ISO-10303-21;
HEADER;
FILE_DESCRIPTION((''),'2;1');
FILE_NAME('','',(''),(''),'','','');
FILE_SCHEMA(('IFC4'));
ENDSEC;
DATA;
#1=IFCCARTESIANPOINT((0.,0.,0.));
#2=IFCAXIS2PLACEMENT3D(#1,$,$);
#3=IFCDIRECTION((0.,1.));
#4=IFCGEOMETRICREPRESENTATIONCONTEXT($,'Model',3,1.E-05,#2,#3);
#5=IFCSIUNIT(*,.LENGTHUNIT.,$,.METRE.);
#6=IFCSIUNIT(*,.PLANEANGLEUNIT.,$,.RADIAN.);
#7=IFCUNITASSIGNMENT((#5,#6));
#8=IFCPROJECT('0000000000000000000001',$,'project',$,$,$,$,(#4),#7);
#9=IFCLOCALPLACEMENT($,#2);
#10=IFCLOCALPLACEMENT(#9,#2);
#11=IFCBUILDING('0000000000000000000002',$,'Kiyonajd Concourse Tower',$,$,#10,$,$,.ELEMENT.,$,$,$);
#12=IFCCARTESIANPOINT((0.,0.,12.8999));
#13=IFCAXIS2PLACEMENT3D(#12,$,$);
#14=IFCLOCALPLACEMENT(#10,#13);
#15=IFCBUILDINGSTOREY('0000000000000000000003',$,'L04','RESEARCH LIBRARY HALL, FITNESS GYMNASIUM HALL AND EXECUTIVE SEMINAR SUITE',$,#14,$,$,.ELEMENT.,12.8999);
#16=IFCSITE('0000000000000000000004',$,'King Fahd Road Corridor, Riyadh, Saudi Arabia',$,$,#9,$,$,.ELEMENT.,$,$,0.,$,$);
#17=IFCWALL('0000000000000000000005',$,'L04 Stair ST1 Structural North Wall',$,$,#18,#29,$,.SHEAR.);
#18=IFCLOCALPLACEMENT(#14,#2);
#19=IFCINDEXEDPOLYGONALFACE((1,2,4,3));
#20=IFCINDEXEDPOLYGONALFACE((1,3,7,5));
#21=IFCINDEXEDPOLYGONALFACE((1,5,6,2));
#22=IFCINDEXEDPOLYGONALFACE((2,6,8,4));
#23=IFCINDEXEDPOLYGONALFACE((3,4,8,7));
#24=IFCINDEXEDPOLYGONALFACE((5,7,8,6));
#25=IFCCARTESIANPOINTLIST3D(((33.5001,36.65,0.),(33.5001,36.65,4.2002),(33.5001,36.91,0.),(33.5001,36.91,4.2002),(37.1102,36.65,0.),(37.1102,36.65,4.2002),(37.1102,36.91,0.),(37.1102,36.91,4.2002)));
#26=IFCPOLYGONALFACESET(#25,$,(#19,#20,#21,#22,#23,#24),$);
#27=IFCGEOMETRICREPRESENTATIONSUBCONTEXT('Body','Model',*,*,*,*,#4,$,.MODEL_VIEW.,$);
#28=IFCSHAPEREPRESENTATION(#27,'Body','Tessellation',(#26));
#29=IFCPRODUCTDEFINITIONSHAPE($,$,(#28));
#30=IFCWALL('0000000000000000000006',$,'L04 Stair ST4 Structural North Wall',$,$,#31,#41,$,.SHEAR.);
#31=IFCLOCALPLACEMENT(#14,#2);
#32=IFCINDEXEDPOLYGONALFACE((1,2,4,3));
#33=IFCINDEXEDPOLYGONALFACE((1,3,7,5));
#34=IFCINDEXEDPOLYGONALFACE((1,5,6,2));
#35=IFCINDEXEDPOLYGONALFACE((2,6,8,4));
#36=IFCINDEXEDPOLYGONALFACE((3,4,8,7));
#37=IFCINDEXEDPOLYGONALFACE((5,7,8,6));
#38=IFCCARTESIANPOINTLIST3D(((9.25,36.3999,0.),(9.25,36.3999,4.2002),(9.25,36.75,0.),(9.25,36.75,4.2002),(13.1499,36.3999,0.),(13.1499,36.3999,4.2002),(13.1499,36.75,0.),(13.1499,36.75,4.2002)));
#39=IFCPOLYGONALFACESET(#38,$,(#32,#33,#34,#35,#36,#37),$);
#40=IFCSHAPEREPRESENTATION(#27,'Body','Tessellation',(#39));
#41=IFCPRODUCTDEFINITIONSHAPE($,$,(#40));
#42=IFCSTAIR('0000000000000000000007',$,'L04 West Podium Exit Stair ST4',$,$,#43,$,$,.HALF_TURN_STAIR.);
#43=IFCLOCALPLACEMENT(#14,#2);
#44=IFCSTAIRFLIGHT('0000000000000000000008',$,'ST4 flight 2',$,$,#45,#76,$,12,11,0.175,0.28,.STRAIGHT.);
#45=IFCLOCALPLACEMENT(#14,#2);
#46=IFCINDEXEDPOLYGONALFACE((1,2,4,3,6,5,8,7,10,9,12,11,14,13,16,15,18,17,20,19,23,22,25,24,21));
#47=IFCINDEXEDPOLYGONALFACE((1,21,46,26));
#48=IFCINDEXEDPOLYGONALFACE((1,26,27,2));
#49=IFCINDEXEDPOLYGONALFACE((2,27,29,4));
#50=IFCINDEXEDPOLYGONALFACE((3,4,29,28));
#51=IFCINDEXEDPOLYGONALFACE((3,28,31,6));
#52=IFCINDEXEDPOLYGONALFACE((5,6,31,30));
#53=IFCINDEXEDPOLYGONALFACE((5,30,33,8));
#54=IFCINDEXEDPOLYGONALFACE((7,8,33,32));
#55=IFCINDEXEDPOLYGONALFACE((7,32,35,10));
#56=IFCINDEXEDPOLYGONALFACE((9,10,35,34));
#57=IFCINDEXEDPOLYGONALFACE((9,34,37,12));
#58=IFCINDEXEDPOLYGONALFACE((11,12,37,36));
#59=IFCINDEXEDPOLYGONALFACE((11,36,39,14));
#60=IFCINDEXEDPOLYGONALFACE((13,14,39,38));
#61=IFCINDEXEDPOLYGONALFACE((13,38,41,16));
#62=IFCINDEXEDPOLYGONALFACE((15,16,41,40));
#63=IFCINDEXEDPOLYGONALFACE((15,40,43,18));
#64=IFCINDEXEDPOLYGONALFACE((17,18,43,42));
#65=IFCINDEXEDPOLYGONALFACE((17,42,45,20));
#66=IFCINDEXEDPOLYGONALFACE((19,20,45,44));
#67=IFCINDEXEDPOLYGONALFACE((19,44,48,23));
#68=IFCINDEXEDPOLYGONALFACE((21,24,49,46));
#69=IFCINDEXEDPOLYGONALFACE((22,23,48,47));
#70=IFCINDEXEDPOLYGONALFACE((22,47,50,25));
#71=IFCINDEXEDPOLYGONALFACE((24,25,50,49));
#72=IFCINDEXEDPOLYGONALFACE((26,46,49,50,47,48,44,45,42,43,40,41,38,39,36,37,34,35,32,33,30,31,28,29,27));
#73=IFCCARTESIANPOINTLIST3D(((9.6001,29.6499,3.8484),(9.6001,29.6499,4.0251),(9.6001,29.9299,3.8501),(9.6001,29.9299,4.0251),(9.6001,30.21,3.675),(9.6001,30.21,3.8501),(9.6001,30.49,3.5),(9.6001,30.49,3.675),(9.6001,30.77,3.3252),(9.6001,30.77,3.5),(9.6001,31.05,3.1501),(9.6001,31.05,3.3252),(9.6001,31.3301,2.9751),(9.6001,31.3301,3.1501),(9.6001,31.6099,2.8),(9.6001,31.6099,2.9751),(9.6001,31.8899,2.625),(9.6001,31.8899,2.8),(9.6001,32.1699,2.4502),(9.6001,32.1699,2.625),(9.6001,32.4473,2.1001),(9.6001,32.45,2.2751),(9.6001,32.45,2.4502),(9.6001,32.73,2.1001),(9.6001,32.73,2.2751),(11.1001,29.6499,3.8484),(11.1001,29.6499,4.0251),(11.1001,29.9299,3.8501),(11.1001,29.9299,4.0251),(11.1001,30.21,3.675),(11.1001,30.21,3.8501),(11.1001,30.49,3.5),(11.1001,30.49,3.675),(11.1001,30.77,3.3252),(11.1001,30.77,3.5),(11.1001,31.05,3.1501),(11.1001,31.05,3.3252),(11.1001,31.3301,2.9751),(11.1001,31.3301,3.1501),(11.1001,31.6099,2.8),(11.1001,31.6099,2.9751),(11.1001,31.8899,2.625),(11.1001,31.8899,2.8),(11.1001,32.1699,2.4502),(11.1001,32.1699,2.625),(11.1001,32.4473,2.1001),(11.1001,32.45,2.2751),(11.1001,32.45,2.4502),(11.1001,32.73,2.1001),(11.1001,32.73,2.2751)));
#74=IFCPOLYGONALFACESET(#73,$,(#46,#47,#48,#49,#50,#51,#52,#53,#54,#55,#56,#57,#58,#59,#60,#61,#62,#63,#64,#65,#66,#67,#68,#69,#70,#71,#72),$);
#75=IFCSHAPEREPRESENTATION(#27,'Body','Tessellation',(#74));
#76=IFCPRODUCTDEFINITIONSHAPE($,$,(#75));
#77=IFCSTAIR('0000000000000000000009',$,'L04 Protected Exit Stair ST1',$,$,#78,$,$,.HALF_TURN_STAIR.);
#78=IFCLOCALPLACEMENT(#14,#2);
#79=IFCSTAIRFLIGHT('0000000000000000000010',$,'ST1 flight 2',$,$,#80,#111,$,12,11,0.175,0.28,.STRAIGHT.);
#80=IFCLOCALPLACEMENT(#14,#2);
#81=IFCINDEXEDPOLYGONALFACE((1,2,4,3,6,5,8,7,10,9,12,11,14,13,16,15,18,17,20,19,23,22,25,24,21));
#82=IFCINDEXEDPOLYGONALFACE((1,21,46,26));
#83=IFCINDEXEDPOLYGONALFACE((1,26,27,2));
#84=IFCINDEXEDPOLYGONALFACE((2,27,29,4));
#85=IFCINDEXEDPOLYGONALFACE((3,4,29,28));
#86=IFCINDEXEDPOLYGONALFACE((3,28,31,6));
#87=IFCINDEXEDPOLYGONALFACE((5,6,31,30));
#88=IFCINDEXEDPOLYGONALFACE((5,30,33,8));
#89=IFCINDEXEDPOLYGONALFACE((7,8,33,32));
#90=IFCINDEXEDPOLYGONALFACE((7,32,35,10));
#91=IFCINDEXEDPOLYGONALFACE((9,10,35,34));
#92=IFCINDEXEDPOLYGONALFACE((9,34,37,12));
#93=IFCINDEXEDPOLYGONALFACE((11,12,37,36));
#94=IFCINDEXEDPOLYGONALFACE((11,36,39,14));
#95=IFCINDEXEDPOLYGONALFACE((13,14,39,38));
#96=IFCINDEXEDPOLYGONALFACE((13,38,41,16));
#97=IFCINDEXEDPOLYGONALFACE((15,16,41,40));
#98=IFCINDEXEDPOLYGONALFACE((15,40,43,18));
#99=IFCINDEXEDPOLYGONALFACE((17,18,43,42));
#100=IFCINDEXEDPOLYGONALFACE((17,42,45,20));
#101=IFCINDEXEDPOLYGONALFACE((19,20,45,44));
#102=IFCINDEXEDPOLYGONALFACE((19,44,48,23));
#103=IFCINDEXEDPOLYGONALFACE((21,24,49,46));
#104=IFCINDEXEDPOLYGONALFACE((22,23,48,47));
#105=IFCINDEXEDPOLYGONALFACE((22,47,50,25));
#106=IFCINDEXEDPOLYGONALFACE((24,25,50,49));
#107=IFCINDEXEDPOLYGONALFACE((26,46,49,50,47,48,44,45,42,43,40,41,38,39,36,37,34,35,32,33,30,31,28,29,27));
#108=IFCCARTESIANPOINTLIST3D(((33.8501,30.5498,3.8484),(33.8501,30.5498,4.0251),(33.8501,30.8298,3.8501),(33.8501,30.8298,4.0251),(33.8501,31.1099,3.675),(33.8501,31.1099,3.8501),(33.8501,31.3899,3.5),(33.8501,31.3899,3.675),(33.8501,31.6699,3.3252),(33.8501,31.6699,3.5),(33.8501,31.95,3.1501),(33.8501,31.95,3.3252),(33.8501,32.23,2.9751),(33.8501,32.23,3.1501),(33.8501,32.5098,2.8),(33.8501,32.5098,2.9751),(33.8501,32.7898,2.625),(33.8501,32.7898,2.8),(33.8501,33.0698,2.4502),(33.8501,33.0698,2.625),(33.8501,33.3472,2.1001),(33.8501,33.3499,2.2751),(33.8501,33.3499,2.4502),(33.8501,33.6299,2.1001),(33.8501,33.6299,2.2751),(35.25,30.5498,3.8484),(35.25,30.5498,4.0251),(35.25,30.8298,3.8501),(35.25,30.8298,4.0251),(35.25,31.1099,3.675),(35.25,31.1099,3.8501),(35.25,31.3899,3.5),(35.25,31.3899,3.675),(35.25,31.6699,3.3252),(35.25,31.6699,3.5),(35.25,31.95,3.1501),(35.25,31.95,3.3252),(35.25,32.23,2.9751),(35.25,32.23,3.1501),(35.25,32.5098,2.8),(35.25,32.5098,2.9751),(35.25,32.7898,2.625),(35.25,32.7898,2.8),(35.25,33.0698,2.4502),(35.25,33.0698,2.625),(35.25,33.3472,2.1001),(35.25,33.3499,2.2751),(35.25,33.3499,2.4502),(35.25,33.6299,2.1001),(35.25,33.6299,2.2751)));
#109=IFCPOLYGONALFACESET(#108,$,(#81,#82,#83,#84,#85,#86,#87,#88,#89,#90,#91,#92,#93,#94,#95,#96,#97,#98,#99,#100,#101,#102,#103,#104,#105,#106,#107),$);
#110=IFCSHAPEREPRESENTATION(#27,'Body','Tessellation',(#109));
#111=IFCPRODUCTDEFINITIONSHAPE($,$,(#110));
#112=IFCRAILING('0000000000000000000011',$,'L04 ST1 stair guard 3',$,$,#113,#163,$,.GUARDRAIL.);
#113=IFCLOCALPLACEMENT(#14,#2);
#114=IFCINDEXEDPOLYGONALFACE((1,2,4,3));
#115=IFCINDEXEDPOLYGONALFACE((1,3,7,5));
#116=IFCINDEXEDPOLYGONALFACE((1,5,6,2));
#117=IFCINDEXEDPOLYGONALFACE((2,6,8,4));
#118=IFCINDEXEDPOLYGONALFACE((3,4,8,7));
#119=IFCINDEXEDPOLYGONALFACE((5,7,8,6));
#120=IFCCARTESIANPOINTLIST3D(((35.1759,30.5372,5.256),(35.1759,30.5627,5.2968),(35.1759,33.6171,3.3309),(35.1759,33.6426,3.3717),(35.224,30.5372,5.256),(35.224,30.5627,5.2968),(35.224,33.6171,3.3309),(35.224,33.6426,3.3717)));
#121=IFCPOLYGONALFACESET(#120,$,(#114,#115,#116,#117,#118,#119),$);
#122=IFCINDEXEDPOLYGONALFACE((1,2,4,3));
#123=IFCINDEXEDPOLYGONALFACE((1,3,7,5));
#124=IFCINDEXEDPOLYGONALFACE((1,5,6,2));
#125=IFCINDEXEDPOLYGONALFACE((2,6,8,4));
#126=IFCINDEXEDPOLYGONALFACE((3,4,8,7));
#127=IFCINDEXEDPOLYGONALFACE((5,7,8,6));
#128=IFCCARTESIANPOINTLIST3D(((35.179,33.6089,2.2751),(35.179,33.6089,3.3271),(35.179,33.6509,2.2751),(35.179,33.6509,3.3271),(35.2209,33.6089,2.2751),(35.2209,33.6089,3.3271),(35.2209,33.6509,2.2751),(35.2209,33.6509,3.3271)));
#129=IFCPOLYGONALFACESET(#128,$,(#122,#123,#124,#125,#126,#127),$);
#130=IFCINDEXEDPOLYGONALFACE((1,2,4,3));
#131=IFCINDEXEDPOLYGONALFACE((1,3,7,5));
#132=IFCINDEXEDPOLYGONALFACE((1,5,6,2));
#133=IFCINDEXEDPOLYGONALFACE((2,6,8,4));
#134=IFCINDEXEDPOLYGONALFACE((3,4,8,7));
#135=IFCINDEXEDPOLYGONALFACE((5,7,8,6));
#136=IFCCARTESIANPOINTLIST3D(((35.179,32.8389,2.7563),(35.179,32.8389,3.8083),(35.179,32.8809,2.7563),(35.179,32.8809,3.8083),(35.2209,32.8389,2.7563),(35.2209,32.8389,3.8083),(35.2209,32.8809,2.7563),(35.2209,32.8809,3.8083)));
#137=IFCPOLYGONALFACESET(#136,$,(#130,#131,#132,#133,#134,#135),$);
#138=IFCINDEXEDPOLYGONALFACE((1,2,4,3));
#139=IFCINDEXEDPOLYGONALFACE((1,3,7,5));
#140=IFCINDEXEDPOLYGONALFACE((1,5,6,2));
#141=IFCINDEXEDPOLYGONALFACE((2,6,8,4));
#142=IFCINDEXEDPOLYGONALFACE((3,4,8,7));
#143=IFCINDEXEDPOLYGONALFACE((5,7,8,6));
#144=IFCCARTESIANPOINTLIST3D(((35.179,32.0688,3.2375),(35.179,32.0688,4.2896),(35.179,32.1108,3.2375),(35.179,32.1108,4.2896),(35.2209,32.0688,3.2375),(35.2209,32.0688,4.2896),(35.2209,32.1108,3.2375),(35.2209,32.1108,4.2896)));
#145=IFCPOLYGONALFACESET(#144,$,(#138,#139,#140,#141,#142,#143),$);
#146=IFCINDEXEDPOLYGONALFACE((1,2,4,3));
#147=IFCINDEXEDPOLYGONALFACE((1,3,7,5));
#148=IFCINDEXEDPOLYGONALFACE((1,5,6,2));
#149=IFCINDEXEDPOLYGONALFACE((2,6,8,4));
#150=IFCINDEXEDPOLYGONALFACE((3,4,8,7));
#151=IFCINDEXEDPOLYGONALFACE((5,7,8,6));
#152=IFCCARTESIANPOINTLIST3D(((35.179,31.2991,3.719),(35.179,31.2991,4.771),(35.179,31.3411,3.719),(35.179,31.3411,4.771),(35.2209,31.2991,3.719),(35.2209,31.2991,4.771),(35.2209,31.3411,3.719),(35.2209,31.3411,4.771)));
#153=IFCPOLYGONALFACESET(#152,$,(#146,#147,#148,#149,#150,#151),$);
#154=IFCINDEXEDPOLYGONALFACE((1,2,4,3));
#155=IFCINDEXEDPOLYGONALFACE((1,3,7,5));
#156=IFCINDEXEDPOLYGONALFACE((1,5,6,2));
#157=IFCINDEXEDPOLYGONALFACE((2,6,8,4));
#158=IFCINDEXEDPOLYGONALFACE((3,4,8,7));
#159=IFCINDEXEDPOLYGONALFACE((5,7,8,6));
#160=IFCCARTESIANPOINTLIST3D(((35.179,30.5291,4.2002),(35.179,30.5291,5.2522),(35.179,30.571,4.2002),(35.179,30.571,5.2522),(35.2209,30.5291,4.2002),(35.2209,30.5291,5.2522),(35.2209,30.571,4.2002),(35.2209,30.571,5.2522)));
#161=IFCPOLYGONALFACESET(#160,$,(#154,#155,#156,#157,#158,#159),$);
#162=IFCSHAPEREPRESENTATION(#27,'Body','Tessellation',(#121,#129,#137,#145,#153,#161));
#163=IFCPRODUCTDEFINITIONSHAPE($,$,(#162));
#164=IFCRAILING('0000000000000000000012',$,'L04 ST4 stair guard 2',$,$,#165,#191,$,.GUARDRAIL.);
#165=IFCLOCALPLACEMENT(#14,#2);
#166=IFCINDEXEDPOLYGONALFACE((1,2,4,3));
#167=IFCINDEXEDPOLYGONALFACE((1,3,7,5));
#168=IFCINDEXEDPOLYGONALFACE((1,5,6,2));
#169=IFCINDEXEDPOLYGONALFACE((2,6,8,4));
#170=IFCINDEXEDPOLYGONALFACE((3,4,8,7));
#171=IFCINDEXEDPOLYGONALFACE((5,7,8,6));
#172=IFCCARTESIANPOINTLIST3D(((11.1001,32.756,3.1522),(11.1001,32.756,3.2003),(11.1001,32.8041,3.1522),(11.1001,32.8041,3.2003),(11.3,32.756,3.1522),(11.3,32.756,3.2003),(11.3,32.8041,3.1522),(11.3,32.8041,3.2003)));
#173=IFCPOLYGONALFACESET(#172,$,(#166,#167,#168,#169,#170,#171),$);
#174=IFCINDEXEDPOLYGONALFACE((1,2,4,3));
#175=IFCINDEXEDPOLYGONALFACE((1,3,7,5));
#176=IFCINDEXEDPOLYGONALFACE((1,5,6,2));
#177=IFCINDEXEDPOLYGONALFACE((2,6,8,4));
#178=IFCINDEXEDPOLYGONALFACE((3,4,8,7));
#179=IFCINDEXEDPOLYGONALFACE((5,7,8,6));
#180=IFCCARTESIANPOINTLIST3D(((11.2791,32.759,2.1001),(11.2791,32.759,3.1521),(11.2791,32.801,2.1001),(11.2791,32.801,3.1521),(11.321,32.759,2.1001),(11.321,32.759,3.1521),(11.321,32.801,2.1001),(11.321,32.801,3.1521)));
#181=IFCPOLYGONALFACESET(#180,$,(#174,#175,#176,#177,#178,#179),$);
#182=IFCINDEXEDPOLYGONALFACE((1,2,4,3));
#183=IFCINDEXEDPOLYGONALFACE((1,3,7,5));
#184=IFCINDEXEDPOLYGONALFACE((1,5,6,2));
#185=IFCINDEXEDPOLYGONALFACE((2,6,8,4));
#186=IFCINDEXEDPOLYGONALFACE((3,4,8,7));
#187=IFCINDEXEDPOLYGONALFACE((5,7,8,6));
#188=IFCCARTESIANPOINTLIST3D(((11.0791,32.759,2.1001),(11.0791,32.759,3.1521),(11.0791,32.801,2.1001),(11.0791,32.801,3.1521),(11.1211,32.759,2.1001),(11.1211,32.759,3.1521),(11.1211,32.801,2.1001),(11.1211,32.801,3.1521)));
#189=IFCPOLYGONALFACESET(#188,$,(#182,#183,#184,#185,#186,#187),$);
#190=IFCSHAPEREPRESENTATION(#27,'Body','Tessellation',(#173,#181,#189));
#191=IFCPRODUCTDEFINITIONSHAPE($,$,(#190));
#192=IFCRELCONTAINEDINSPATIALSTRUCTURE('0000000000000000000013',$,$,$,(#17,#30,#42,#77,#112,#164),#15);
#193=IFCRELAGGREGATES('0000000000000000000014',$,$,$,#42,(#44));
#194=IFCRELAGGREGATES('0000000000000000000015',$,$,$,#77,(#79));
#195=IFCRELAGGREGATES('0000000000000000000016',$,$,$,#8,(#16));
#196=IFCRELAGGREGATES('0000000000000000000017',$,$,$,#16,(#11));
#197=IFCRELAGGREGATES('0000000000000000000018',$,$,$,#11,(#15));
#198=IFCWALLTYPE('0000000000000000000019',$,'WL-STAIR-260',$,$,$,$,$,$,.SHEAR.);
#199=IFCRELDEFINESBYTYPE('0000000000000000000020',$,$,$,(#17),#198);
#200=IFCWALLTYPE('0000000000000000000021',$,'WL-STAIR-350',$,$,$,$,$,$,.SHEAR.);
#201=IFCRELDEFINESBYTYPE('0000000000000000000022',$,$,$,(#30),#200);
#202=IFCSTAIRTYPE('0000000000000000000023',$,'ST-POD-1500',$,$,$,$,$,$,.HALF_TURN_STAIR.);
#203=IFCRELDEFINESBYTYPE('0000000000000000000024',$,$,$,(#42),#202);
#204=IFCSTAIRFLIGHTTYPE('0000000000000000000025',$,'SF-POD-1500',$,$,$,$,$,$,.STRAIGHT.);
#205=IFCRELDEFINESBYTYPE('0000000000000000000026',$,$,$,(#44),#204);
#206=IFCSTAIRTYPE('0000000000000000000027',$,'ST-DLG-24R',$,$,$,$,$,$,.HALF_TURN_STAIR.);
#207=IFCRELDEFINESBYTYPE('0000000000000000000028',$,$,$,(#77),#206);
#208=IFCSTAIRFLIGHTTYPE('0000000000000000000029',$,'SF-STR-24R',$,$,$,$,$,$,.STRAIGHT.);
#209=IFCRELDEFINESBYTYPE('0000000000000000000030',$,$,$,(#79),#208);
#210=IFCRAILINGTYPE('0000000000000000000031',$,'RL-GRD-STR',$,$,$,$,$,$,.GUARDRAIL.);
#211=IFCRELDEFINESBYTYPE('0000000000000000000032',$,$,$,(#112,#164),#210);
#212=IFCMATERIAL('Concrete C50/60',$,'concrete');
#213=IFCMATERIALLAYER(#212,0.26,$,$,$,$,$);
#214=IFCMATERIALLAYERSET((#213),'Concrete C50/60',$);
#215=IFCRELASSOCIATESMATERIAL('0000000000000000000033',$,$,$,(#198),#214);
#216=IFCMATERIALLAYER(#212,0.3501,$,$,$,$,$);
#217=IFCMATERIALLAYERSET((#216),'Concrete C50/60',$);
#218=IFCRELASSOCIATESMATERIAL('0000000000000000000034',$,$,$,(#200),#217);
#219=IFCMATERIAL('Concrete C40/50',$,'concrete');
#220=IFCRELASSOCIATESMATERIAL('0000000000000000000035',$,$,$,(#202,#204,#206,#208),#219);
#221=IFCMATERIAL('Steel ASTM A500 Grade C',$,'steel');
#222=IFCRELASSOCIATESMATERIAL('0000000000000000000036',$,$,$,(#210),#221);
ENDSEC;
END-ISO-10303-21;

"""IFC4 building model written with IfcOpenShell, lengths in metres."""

from ifc_helpers import new_model, si_unit, direction, frame, frame_2d, origin, origin_2d, place, context, subcontext, project, spatial, polyline, rectangle, outline, extrude, material, layer, layer_set, type_object, element, aggregate, save


model = new_model("IFC4")

# Units and contexts
model_context = context("Model", 3, precision=1e-05, world=origin(), true_north=direction((0.0, 1.0)))
body_context = subcontext(model_context, "Body", "Model", "MODEL_VIEW")
ifc_project = project(units=[si_unit("LENGTHUNIT", "METRE"), si_unit("PLANEANGLEUNIT", "RADIAN")], contexts=[model_context])

# Site, building, storey
site_placement = place(None, origin())
site = spatial("IfcSite", under=ifc_project, at=site_placement, Name="King Fahd Road Corridor, Riyadh, Saudi Arabia", CompositionType="ELEMENT", RefElevation=0.0)
building_placement = place(site_placement, origin())
building = spatial("IfcBuilding", under=site, at=building_placement, Name="Kiyonajd Concourse Tower", CompositionType="ELEMENT")
storey_placement = place(building_placement, frame((0.0, 0.0, 12.8999)))
storey = spatial("IfcBuildingStorey", under=building, at=storey_placement, Name="L04", Description="RESEARCH LIBRARY HALL, FITNESS GYMNASIUM HALL AND EXECUTIVE SEMINAR SUITE", CompositionType="ELEMENT", Elevation=12.8999)

# Walls
ifc_material_1 = material(Name="Concrete C50/60", Category="concrete")
ifc_layer_1 = layer(ifc_material_1, 0.26)
ifc_layer_set_1 = layer_set([ifc_layer_1], Name="Concrete C50/60")
wall_type_1 = type_object("IfcWallType", Name="WL-STAIR-260", PredefinedType="SHEAR", material=ifc_layer_set_1)
wall_1_placement = place(storey_placement, frame((33.5, 36.78, 0.0), z_axis=(0.0, 0.0, 1.0), x_axis=(1.0, 0.0, 0.0)))
element("IfcWall", 1, at=wall_1_placement, inside=storey, type_object=wall_type_1, Name="L04 Stair ST1 Structural North Wall", PredefinedType="SHEAR", context=body_context, shape_type="SweptSolid", body=[
    extrude(rectangle(XDim=3.6101, YDim=0.26, at=frame_2d((1.8052, 0.0))), origin(), (0.0, 0.0, 1.0), 4.2002),
])
ifc_layer_2 = layer(ifc_material_1, 0.3501)
ifc_layer_set_2 = layer_set([ifc_layer_2], Name="Concrete C50/60")
wall_type_2 = type_object("IfcWallType", Name="WL-STAIR-350", PredefinedType="SHEAR", material=ifc_layer_set_2)
wall_2_placement = place(storey_placement, frame((9.25, 36.575, 0.0), z_axis=(0.0, 0.0, 1.0), x_axis=(1.0, 0.0, 0.0)))
element("IfcWall", 2, at=wall_2_placement, inside=storey, type_object=wall_type_2, Name="L04 Stair ST4 Structural North Wall", PredefinedType="SHEAR", context=body_context, shape_type="SweptSolid", body=[
    extrude(rectangle(XDim=3.8999, YDim=0.3501, at=frame_2d((1.95, 0.0))), origin(), (0.0, 0.0, 1.0), 4.2002),
])

# Stairs, stair flights
ifc_material_2 = material(Name="Concrete C40/50", Category="concrete")
stair_type_1 = type_object("IfcStairType", Name="ST-POD-1500", PredefinedType="HALF_TURN_STAIR", material=ifc_material_2)
stair_1_placement = place(storey_placement, origin())
stair_1 = element("IfcStair", 3, at=stair_1_placement, inside=storey, type_object=stair_type_1, Name="L04 West Podium Exit Stair ST4", PredefinedType="HALF_TURN_STAIR")
stair_flight_type_1 = type_object("IfcStairFlightType", Name="SF-POD-1500", PredefinedType="STRAIGHT", material=ifc_material_2)
stair_flight_1_placement = place(storey_placement, frame((10.3501, 32.73, 2.1001), z_axis=(0.0, 0.0, 1.0), x_axis=(0.0, -1.0, 0.0)))
stair_flight_1 = element("IfcStairFlight", 4, at=stair_flight_1_placement, type_object=stair_flight_type_1, Name="ST4 flight 2", NumberOfRisers=12, NumberOfTreads=11, PredefinedType="STRAIGHT", RiserHeight=0.175, TreadLength=0.28, context=body_context, shape_type="SweptSolid", body=[
    extrude(outline(polyline([(0.0, 0.0), (0.0, 0.175), (0.28, 0.175), (0.28, 0.3501), (0.5601, 0.3501), (0.5601, 0.5249), (0.8401, 0.5249), (0.8401, 0.7), (1.1201, 0.7), (1.1201, 0.875), (1.3999, 0.875), (1.3999, 1.05), (1.6799, 1.05), (1.6799, 1.2251), (1.96, 1.2251), (1.96, 1.3999), (2.24, 1.3999), (2.24, 1.575), (2.52, 1.575), (2.52, 1.75), (2.8, 1.75), (2.8, 1.925), (3.0801, 1.925), (3.0801, 2.1001), (3.0801, 1.7483), (0.2827, 0.0), (0.0, 0.0)])), frame((0.0, 0.75, 0.0), z_axis=(0.0, -1.0, 0.0), x_axis=(1.0, 0.0, 0.0)), (0.0, 0.0, 1.0), 1.5),
])
aggregate(stair_1, [stair_flight_1])
stair_type_2 = type_object("IfcStairType", Name="ST-DLG-24R", PredefinedType="HALF_TURN_STAIR", material=ifc_material_2)
stair_2_placement = place(storey_placement, origin())
stair_2 = element("IfcStair", 5, at=stair_2_placement, inside=storey, type_object=stair_type_2, Name="L04 Protected Exit Stair ST1", PredefinedType="HALF_TURN_STAIR")
stair_flight_type_2 = type_object("IfcStairFlightType", Name="SF-STR-24R", PredefinedType="STRAIGHT", material=ifc_material_2)
stair_flight_2_placement = place(storey_placement, frame((34.55, 33.6299, 2.1001), z_axis=(0.0, 0.0, 1.0), x_axis=(0.0, -1.0, 0.0)))
stair_flight_2 = element("IfcStairFlight", 6, at=stair_flight_2_placement, type_object=stair_flight_type_2, Name="ST1 flight 2", NumberOfRisers=12, NumberOfTreads=11, PredefinedType="STRAIGHT", RiserHeight=0.175, TreadLength=0.28, context=body_context, shape_type="SweptSolid", body=[
    extrude(outline(polyline([(0.0, 0.0), (0.0, 0.175), (0.28, 0.175), (0.28, 0.3501), (0.5601, 0.3501), (0.5601, 0.5249), (0.8401, 0.5249), (0.8401, 0.7), (1.1201, 0.7), (1.1201, 0.875), (1.3999, 0.875), (1.3999, 1.05), (1.6799, 1.05), (1.6799, 1.2251), (1.96, 1.2251), (1.96, 1.3999), (2.24, 1.3999), (2.24, 1.575), (2.52, 1.575), (2.52, 1.75), (2.8, 1.75), (2.8, 1.925), (3.0801, 1.925), (3.0801, 2.1001), (3.0801, 1.7483), (0.2827, 0.0), (0.0, 0.0)])), frame((0.0, 0.7, 0.0), z_axis=(0.0, -1.0, 0.0), x_axis=(1.0, 0.0, 0.0)), (0.0, 0.0, 1.0), 1.3999),
])
aggregate(stair_2, [stair_flight_2])

# Railings
ifc_material_3 = material(Name="Steel ASTM A500 Grade C", Category="steel")
railing_type_1 = type_object("IfcRailingType", Name="RL-GRD-STR", PredefinedType="GUARDRAIL", material=ifc_material_3)
railing_1_placement = place(storey_placement, frame((35.2, 33.6299, 2.2751)))
element("IfcRailing", 7, at=railing_1_placement, inside=storey, type_object=railing_type_1, Name="L04 ST1 stair guard 3", PredefinedType="GUARDRAIL", context=body_context, shape_type="SweptSolid", body=[
    extrude(rectangle(XDim=0.0481, YDim=0.0481, at=origin_2d()), frame((0.0, 0.0, 1.0762), z_axis=(0.0, -0.847979, 0.530029), x_axis=(1.0, 0.0, 0.0)), (0.0, 0.0, 1.0), 3.6321),
    extrude(rectangle(XDim=0.042, YDim=0.042, at=origin_2d()), origin(), (0.0, 0.0, 1.0), 1.052),
    extrude(rectangle(XDim=0.042, YDim=0.042, at=origin_2d()), frame((0.0, -0.77, 0.4812)), (0.0, 0.0, 1.0), 1.052),
    extrude(rectangle(XDim=0.042, YDim=0.042, at=origin_2d()), frame((0.0, -1.54, 0.9624)), (0.0, 0.0, 1.0), 1.052),
    extrude(rectangle(XDim=0.042, YDim=0.042, at=origin_2d()), frame((0.0, -2.3098, 1.4438)), (0.0, 0.0, 1.0), 1.052),
    extrude(rectangle(XDim=0.042, YDim=0.042, at=origin_2d()), frame((0.0, -3.0798, 1.925)), (0.0, 0.0, 1.0), 1.052),
])
railing_2_placement = place(storey_placement, frame((11.3, 32.78, 2.1001)))
element("IfcRailing", 8, at=railing_2_placement, inside=storey, type_object=railing_type_1, Name="L04 ST4 stair guard 2", PredefinedType="GUARDRAIL", context=body_context, shape_type="SweptSolid", body=[
    extrude(rectangle(XDim=0.0481, YDim=0.0481, at=origin_2d()), frame((0.0, 0.0, 1.0762), z_axis=(-1.0, 0.0, 0.0), x_axis=(0.0, -1.0, 0.0)), (0.0, 0.0, 1.0), 0.2),
    extrude(rectangle(XDim=0.042, YDim=0.042, at=origin_2d()), origin(), (0.0, 0.0, 1.0), 1.052),
    extrude(rectangle(XDim=0.042, YDim=0.042, at=origin_2d()), frame((-0.2, 0.0, 0.0)), (0.0, 0.0, 1.0), 1.052),
])

save(model, "model.ifc")
